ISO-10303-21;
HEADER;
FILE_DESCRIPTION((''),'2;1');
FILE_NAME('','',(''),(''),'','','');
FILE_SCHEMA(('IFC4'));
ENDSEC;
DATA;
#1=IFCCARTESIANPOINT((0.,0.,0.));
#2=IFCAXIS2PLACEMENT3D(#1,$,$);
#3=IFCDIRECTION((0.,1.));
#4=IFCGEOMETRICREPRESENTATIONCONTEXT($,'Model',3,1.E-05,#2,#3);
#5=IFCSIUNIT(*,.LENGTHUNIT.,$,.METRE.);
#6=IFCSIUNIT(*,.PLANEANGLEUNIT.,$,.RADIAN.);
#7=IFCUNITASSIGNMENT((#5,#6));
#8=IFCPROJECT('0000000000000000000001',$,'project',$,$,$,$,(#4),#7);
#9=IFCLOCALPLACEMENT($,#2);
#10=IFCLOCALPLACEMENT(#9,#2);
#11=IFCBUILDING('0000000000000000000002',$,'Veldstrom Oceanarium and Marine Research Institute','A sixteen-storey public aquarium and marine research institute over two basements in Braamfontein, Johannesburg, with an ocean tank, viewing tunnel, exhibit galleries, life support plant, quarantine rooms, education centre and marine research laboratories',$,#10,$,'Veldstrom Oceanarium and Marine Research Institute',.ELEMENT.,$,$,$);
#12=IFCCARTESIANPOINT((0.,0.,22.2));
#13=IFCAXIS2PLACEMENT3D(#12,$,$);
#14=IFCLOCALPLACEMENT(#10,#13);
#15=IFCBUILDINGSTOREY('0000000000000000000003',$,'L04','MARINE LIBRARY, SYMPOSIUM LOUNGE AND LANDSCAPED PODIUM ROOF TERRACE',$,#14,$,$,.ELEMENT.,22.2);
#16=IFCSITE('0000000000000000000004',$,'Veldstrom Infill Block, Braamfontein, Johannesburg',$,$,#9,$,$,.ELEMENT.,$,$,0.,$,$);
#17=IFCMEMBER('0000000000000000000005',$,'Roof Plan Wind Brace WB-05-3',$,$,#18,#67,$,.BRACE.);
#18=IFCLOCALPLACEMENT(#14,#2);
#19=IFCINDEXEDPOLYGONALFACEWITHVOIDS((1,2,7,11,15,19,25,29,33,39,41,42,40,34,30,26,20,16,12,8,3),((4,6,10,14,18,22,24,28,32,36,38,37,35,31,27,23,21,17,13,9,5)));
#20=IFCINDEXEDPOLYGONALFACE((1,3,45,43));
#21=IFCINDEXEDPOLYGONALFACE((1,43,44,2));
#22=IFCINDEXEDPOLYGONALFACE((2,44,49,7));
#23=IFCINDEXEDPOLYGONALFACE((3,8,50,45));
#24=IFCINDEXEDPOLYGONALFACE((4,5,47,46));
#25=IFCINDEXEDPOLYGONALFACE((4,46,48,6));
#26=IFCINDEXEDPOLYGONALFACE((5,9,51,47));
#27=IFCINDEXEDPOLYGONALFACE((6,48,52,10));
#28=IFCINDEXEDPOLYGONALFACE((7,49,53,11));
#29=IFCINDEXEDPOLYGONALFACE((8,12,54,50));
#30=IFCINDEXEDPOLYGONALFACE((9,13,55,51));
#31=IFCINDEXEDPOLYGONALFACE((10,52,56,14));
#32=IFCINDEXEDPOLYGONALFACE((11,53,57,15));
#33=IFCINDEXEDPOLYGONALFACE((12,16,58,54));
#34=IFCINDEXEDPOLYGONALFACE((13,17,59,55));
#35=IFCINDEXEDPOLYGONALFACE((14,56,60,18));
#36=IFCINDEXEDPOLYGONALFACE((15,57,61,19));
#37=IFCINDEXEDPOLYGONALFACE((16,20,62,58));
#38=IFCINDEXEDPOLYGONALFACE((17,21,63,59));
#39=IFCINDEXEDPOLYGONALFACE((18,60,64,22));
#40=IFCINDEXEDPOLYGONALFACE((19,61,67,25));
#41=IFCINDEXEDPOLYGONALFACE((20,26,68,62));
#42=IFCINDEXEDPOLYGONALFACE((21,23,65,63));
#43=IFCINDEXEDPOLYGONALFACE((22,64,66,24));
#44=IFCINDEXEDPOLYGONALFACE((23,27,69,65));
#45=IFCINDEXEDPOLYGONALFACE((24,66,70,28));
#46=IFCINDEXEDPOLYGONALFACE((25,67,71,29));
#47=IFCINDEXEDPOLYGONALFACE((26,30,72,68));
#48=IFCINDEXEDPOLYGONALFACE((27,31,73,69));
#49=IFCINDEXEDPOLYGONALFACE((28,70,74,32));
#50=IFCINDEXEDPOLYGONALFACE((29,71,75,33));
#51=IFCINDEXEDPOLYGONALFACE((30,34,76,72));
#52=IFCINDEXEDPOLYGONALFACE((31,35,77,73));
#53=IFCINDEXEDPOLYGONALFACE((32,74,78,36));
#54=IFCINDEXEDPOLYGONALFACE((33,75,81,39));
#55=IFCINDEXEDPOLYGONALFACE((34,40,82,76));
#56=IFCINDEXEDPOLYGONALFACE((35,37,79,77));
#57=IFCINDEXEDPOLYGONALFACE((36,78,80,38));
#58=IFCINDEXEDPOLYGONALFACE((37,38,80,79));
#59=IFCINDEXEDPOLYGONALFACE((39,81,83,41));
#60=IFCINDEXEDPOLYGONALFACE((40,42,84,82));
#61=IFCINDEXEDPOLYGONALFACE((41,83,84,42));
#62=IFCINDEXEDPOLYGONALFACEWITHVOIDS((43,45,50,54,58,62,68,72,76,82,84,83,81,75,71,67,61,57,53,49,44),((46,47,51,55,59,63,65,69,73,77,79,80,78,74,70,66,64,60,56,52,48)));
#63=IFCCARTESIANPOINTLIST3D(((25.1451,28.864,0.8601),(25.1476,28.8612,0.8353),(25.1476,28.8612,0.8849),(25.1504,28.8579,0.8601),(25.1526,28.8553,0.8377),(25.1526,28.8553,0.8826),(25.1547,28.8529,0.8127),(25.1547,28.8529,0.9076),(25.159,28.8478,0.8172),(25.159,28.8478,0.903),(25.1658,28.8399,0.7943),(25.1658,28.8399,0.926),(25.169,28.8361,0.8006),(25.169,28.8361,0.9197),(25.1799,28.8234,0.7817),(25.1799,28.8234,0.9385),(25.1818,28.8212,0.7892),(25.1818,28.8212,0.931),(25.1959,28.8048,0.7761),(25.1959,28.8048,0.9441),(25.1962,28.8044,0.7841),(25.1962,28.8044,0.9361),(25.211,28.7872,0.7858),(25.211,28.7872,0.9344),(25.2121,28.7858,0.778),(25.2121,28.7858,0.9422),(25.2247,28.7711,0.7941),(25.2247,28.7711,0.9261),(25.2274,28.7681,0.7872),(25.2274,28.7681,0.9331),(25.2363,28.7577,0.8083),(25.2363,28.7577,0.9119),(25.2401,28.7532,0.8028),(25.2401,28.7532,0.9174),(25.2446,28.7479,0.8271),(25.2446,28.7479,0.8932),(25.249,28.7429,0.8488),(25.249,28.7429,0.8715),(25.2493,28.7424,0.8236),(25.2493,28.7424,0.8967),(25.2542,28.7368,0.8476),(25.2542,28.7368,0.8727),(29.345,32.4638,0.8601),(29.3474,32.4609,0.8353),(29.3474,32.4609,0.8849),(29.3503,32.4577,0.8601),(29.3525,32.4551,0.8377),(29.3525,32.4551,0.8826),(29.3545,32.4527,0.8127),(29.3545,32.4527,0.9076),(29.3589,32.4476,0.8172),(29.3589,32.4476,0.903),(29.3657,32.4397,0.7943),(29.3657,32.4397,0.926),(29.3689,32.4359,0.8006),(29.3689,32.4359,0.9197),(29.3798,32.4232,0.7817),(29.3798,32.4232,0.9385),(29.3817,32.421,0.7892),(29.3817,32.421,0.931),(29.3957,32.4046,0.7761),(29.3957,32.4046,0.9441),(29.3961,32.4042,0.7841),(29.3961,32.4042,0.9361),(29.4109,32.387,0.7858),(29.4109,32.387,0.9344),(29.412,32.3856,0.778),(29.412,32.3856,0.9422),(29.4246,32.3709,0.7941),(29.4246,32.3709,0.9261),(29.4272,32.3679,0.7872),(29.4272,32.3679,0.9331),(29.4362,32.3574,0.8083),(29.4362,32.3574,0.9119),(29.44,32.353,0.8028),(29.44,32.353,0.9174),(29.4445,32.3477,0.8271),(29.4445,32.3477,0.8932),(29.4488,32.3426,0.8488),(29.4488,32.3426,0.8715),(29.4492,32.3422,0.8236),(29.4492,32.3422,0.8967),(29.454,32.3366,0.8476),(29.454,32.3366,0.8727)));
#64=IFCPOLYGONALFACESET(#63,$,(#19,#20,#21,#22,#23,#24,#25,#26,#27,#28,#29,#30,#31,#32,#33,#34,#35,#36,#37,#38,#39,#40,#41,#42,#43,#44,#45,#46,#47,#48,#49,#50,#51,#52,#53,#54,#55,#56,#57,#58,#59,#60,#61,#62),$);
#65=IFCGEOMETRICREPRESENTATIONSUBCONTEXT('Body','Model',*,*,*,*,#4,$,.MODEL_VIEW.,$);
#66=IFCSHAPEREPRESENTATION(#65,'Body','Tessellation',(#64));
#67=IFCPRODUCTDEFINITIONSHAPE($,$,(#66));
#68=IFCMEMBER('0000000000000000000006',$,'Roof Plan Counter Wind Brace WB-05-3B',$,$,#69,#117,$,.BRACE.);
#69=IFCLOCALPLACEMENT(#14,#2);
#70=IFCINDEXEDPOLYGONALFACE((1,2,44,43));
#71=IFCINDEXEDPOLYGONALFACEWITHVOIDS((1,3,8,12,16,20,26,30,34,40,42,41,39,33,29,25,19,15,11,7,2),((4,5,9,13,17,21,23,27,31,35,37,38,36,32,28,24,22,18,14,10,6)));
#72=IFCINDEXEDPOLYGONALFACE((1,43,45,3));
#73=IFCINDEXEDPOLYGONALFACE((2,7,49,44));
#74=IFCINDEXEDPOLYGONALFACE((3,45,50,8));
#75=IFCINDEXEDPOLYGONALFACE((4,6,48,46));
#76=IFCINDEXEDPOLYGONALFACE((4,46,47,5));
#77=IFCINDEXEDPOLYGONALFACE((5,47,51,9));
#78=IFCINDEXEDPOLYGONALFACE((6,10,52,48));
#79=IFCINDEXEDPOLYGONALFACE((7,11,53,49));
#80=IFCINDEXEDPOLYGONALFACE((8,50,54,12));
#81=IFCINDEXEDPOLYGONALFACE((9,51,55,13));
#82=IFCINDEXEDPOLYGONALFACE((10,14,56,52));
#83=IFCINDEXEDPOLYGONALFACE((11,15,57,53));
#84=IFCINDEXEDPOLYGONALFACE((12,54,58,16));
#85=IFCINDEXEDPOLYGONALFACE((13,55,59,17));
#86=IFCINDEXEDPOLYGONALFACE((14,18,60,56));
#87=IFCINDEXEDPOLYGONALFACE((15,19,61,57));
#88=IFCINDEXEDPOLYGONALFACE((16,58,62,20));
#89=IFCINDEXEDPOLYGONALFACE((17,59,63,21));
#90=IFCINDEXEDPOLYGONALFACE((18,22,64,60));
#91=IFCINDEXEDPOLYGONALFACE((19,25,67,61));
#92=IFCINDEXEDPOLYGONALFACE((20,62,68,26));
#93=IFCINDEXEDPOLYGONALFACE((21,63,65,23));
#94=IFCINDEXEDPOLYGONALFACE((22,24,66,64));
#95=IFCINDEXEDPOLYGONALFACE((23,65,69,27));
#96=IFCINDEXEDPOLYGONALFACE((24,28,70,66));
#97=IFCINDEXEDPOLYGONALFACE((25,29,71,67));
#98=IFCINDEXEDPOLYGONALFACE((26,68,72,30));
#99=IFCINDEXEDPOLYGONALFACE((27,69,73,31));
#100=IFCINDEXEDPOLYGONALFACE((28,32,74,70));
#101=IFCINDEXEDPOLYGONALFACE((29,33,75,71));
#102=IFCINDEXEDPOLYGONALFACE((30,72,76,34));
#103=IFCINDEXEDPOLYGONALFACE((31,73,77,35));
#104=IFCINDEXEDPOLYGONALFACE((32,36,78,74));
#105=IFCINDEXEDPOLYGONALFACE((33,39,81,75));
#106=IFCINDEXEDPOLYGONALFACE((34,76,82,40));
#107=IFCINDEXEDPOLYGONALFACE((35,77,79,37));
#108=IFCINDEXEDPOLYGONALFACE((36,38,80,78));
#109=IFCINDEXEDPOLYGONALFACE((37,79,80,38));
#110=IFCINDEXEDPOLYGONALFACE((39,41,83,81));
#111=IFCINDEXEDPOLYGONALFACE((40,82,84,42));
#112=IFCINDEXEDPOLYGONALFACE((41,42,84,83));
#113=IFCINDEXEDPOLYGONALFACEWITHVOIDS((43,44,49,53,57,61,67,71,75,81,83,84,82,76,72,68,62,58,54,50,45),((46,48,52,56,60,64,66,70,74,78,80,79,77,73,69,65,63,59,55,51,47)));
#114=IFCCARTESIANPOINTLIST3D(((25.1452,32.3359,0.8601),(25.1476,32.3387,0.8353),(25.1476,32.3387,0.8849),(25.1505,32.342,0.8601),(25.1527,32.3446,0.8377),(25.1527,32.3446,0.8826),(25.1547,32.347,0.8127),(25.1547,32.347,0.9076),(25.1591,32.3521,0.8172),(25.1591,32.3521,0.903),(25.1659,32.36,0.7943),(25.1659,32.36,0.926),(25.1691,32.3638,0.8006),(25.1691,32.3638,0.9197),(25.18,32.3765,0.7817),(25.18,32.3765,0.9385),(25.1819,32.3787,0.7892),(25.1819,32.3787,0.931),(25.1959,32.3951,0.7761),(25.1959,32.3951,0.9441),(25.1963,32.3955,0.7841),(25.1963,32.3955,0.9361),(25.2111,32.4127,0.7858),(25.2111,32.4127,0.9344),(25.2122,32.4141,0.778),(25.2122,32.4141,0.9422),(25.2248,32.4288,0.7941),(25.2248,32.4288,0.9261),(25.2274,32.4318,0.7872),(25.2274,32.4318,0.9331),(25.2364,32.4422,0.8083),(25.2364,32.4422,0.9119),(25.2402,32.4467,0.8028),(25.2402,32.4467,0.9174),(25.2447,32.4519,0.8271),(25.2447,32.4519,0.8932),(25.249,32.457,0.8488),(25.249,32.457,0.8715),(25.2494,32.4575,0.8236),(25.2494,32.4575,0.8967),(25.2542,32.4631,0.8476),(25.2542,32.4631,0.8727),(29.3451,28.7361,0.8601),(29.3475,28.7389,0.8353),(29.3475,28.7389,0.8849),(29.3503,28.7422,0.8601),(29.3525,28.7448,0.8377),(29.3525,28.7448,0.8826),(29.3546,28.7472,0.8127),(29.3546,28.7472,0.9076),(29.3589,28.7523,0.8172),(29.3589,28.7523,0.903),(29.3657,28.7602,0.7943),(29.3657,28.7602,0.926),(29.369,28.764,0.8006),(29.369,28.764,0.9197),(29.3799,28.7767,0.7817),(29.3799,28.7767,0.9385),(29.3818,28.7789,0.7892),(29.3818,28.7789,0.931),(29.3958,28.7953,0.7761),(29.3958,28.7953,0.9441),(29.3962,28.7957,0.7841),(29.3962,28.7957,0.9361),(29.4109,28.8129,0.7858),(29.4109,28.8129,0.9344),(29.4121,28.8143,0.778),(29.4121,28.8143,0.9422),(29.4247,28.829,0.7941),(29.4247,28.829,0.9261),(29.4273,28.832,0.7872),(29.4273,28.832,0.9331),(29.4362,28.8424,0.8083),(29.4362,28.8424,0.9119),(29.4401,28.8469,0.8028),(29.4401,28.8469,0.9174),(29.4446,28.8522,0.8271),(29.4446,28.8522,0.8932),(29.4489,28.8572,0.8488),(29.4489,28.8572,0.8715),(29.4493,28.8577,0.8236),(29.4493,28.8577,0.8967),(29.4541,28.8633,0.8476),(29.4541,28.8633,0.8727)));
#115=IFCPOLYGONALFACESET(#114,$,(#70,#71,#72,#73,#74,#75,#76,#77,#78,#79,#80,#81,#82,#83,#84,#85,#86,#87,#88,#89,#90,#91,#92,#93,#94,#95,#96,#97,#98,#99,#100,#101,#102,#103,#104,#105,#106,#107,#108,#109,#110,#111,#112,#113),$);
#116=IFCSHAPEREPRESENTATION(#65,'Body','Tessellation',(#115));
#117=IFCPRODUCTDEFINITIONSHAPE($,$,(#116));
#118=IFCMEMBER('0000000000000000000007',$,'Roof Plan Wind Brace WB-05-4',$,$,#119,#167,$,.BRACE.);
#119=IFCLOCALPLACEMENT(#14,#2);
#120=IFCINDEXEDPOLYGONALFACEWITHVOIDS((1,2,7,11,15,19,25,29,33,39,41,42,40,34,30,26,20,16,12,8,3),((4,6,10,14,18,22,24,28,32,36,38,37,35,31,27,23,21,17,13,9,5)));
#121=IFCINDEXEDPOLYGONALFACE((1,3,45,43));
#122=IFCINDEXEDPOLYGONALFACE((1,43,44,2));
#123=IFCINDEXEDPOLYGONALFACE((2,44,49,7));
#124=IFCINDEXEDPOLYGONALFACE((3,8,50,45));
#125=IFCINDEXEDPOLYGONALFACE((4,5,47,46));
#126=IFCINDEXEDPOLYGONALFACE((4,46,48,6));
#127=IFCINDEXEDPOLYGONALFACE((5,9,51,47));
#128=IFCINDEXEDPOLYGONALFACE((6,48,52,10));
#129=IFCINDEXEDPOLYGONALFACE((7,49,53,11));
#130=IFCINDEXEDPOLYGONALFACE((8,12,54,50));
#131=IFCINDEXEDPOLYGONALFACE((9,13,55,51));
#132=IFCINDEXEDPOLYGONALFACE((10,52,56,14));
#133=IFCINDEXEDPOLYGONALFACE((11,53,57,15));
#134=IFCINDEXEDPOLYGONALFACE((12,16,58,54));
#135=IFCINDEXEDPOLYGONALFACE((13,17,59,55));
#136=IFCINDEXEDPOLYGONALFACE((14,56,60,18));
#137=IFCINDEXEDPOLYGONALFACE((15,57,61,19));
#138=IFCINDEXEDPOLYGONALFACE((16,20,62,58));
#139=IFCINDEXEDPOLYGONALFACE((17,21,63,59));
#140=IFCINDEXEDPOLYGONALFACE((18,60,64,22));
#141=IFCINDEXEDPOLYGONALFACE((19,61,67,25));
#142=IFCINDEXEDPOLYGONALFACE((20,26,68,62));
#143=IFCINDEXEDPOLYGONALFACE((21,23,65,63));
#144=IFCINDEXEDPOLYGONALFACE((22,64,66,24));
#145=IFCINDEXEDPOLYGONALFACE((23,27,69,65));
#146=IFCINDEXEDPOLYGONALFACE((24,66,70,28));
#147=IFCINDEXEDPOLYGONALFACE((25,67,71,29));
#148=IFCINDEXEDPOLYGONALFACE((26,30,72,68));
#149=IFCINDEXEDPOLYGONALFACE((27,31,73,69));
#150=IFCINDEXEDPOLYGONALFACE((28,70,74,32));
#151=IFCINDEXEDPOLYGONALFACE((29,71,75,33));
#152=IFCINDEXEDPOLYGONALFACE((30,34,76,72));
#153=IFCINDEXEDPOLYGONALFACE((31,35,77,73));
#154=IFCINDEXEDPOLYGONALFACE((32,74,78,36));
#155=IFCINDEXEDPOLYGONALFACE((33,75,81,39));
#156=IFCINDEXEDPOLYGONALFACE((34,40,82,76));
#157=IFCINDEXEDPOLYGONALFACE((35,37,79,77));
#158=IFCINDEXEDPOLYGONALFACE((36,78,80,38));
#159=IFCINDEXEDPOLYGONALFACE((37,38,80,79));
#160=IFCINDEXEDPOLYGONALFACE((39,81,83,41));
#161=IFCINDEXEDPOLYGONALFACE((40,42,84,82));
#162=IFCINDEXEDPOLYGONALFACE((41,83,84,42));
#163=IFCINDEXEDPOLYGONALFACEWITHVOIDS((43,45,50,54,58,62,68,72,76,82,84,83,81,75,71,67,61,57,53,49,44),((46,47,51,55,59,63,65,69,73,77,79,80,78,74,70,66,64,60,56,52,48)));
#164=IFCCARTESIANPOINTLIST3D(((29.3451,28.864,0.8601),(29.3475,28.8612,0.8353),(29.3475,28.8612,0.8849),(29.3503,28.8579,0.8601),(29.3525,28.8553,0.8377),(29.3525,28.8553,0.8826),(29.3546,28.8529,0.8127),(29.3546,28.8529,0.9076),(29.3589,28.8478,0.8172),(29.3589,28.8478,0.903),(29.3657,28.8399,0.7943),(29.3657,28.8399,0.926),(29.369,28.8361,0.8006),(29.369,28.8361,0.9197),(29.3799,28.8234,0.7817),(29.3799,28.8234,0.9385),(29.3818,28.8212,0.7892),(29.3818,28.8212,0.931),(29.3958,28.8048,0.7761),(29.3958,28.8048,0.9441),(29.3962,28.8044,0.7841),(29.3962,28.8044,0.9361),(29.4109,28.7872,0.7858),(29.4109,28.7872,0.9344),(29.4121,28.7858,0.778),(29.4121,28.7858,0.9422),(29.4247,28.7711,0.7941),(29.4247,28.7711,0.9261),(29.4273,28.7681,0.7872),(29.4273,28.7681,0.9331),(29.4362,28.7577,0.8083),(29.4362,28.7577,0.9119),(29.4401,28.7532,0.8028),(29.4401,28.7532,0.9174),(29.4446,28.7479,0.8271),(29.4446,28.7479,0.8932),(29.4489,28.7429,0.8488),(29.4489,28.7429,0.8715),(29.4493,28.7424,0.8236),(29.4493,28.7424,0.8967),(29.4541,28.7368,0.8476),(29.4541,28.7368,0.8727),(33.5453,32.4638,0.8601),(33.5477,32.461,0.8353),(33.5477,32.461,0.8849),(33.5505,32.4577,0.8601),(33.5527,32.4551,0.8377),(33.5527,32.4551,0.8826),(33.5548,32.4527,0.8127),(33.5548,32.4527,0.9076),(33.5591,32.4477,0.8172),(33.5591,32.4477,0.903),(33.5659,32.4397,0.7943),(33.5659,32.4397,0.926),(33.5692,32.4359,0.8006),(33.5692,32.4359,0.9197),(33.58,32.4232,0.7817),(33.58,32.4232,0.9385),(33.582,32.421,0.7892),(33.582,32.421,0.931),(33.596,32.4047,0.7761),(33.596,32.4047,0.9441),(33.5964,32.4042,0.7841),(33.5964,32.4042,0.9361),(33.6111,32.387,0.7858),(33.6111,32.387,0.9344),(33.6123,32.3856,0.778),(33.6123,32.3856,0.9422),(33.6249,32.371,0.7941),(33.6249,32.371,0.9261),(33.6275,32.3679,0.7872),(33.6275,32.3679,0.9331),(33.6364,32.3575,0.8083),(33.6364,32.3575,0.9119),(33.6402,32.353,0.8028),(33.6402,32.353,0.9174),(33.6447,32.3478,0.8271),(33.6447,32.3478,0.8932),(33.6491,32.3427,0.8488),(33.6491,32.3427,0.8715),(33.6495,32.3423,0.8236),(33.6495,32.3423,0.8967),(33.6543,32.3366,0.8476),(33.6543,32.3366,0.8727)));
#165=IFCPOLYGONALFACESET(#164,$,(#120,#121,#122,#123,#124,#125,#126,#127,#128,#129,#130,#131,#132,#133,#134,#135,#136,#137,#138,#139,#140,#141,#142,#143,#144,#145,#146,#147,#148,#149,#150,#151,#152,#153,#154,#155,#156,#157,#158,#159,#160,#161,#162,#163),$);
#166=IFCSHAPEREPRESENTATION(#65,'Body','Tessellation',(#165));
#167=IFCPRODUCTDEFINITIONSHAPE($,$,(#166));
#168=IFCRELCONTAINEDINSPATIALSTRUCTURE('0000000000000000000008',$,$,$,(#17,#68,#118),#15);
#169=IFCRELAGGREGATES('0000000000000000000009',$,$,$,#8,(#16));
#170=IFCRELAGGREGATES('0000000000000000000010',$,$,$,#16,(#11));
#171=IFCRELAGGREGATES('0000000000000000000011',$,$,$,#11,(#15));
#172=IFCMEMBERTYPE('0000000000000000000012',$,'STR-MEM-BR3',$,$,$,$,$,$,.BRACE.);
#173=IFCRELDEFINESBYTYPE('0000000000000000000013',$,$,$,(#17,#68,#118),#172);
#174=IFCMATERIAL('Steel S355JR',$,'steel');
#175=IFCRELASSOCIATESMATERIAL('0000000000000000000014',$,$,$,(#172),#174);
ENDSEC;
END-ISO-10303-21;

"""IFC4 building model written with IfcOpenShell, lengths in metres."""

from ifc_helpers import new_model, si_unit, direction, frame, origin, origin_2d, place, context, subcontext, project, spatial, hollow_circle, extrude, material, material_profile, profile_set, type_object, element, save


model = new_model("IFC4")

# Units and contexts
model_context = context("Model", 3, precision=1e-05, world=origin(), true_north=direction((0.0, 1.0)))
body_context = subcontext(model_context, "Body", "Model", "MODEL_VIEW")
ifc_project = project(units=[si_unit("LENGTHUNIT", "METRE"), si_unit("PLANEANGLEUNIT", "RADIAN")], contexts=[model_context])

# Site, building, storey
site_placement = place(None, origin())
site = spatial("IfcSite", under=ifc_project, at=site_placement, Name="Veldstrom Infill Block, Braamfontein, Johannesburg", CompositionType="ELEMENT", RefElevation=0.0)
building_placement = place(site_placement, origin())
building = spatial("IfcBuilding", under=site, at=building_placement, Name="Veldstrom Oceanarium and Marine Research Institute", Description="A sixteen-storey public aquarium and marine research institute over two basements in Braamfontein, Johannesburg, with an ocean tank, viewing tunnel, exhibit galleries, life support plant, quarantine rooms, education centre and marine research laboratories", LongName="Veldstrom Oceanarium and Marine Research Institute", CompositionType="ELEMENT")
storey_placement = place(building_placement, frame((0.0, 0.0, 22.2)))
storey = spatial("IfcBuildingStorey", under=building, at=storey_placement, Name="L04", Description="MARINE LIBRARY, SYMPOSIUM LOUNGE AND LANDSCAPED PODIUM ROOF TERRACE", CompositionType="ELEMENT", Elevation=22.2)

# Members
ifc_material_1 = material(Name="Steel S355JR", Category="steel")
ifc_material_profile_1 = material_profile(ifc_material_1, hollow_circle(Radius=0.0842, WallThickness=0.0081, at=origin_2d()), Name="CHS 168.3x8")
ifc_profile_set_1 = profile_set([ifc_material_profile_1], Name="Steel S355JR")
member_type_1 = type_object("IfcMemberType", Name="STR-MEM-BR3", PredefinedType="BRACE", material=ifc_profile_set_1)
for number, where, z_axis, x_axis, name in (
    (1, (25.2, 28.8, 0.8601), (0.759266, 0.65078, 0.0), (-0.65078, 0.759266, 0.0), "Roof Plan Wind Brace WB-05-3"),
    (2, (29.3999, 28.8, 0.8601), (-0.759266, 0.65078, 0.0), (-0.65078, -0.759266, 0.0), "Roof Plan Counter Wind Brace WB-05-3B"),
):
    element("IfcMember", number, at=place(storey_placement, frame(where, z_axis=z_axis, x_axis=x_axis)), inside=storey, type_object=member_type_1, Name=name, PredefinedType="BRACE", context=body_context, shape_type="SweptSolid", body=[
        extrude(hollow_circle(Radius=0.0842, WallThickness=0.0081, at=origin_2d()), origin(), (0.0, 0.0, 1.0), 5.5315),
    ])
for number, where, z_axis, x_axis, name in (
    (3, (29.3999, 28.8, 0.8601), (0.759285, 0.650759, 0.0), (-0.650759, 0.759285, 0.0), "Roof Plan Wind Brace WB-05-4"),
):
    element("IfcMember", number, at=place(storey_placement, frame(where, z_axis=z_axis, x_axis=x_axis)), inside=storey, type_object=member_type_1, Name=name, PredefinedType="BRACE", context=body_context, shape_type="SweptSolid", body=[
        extrude(hollow_circle(Radius=0.0842, WallThickness=0.0081, at=origin_2d()), origin(), (0.0, 0.0, 1.0), 5.5317),
    ])

save(model, "model.ifc")
